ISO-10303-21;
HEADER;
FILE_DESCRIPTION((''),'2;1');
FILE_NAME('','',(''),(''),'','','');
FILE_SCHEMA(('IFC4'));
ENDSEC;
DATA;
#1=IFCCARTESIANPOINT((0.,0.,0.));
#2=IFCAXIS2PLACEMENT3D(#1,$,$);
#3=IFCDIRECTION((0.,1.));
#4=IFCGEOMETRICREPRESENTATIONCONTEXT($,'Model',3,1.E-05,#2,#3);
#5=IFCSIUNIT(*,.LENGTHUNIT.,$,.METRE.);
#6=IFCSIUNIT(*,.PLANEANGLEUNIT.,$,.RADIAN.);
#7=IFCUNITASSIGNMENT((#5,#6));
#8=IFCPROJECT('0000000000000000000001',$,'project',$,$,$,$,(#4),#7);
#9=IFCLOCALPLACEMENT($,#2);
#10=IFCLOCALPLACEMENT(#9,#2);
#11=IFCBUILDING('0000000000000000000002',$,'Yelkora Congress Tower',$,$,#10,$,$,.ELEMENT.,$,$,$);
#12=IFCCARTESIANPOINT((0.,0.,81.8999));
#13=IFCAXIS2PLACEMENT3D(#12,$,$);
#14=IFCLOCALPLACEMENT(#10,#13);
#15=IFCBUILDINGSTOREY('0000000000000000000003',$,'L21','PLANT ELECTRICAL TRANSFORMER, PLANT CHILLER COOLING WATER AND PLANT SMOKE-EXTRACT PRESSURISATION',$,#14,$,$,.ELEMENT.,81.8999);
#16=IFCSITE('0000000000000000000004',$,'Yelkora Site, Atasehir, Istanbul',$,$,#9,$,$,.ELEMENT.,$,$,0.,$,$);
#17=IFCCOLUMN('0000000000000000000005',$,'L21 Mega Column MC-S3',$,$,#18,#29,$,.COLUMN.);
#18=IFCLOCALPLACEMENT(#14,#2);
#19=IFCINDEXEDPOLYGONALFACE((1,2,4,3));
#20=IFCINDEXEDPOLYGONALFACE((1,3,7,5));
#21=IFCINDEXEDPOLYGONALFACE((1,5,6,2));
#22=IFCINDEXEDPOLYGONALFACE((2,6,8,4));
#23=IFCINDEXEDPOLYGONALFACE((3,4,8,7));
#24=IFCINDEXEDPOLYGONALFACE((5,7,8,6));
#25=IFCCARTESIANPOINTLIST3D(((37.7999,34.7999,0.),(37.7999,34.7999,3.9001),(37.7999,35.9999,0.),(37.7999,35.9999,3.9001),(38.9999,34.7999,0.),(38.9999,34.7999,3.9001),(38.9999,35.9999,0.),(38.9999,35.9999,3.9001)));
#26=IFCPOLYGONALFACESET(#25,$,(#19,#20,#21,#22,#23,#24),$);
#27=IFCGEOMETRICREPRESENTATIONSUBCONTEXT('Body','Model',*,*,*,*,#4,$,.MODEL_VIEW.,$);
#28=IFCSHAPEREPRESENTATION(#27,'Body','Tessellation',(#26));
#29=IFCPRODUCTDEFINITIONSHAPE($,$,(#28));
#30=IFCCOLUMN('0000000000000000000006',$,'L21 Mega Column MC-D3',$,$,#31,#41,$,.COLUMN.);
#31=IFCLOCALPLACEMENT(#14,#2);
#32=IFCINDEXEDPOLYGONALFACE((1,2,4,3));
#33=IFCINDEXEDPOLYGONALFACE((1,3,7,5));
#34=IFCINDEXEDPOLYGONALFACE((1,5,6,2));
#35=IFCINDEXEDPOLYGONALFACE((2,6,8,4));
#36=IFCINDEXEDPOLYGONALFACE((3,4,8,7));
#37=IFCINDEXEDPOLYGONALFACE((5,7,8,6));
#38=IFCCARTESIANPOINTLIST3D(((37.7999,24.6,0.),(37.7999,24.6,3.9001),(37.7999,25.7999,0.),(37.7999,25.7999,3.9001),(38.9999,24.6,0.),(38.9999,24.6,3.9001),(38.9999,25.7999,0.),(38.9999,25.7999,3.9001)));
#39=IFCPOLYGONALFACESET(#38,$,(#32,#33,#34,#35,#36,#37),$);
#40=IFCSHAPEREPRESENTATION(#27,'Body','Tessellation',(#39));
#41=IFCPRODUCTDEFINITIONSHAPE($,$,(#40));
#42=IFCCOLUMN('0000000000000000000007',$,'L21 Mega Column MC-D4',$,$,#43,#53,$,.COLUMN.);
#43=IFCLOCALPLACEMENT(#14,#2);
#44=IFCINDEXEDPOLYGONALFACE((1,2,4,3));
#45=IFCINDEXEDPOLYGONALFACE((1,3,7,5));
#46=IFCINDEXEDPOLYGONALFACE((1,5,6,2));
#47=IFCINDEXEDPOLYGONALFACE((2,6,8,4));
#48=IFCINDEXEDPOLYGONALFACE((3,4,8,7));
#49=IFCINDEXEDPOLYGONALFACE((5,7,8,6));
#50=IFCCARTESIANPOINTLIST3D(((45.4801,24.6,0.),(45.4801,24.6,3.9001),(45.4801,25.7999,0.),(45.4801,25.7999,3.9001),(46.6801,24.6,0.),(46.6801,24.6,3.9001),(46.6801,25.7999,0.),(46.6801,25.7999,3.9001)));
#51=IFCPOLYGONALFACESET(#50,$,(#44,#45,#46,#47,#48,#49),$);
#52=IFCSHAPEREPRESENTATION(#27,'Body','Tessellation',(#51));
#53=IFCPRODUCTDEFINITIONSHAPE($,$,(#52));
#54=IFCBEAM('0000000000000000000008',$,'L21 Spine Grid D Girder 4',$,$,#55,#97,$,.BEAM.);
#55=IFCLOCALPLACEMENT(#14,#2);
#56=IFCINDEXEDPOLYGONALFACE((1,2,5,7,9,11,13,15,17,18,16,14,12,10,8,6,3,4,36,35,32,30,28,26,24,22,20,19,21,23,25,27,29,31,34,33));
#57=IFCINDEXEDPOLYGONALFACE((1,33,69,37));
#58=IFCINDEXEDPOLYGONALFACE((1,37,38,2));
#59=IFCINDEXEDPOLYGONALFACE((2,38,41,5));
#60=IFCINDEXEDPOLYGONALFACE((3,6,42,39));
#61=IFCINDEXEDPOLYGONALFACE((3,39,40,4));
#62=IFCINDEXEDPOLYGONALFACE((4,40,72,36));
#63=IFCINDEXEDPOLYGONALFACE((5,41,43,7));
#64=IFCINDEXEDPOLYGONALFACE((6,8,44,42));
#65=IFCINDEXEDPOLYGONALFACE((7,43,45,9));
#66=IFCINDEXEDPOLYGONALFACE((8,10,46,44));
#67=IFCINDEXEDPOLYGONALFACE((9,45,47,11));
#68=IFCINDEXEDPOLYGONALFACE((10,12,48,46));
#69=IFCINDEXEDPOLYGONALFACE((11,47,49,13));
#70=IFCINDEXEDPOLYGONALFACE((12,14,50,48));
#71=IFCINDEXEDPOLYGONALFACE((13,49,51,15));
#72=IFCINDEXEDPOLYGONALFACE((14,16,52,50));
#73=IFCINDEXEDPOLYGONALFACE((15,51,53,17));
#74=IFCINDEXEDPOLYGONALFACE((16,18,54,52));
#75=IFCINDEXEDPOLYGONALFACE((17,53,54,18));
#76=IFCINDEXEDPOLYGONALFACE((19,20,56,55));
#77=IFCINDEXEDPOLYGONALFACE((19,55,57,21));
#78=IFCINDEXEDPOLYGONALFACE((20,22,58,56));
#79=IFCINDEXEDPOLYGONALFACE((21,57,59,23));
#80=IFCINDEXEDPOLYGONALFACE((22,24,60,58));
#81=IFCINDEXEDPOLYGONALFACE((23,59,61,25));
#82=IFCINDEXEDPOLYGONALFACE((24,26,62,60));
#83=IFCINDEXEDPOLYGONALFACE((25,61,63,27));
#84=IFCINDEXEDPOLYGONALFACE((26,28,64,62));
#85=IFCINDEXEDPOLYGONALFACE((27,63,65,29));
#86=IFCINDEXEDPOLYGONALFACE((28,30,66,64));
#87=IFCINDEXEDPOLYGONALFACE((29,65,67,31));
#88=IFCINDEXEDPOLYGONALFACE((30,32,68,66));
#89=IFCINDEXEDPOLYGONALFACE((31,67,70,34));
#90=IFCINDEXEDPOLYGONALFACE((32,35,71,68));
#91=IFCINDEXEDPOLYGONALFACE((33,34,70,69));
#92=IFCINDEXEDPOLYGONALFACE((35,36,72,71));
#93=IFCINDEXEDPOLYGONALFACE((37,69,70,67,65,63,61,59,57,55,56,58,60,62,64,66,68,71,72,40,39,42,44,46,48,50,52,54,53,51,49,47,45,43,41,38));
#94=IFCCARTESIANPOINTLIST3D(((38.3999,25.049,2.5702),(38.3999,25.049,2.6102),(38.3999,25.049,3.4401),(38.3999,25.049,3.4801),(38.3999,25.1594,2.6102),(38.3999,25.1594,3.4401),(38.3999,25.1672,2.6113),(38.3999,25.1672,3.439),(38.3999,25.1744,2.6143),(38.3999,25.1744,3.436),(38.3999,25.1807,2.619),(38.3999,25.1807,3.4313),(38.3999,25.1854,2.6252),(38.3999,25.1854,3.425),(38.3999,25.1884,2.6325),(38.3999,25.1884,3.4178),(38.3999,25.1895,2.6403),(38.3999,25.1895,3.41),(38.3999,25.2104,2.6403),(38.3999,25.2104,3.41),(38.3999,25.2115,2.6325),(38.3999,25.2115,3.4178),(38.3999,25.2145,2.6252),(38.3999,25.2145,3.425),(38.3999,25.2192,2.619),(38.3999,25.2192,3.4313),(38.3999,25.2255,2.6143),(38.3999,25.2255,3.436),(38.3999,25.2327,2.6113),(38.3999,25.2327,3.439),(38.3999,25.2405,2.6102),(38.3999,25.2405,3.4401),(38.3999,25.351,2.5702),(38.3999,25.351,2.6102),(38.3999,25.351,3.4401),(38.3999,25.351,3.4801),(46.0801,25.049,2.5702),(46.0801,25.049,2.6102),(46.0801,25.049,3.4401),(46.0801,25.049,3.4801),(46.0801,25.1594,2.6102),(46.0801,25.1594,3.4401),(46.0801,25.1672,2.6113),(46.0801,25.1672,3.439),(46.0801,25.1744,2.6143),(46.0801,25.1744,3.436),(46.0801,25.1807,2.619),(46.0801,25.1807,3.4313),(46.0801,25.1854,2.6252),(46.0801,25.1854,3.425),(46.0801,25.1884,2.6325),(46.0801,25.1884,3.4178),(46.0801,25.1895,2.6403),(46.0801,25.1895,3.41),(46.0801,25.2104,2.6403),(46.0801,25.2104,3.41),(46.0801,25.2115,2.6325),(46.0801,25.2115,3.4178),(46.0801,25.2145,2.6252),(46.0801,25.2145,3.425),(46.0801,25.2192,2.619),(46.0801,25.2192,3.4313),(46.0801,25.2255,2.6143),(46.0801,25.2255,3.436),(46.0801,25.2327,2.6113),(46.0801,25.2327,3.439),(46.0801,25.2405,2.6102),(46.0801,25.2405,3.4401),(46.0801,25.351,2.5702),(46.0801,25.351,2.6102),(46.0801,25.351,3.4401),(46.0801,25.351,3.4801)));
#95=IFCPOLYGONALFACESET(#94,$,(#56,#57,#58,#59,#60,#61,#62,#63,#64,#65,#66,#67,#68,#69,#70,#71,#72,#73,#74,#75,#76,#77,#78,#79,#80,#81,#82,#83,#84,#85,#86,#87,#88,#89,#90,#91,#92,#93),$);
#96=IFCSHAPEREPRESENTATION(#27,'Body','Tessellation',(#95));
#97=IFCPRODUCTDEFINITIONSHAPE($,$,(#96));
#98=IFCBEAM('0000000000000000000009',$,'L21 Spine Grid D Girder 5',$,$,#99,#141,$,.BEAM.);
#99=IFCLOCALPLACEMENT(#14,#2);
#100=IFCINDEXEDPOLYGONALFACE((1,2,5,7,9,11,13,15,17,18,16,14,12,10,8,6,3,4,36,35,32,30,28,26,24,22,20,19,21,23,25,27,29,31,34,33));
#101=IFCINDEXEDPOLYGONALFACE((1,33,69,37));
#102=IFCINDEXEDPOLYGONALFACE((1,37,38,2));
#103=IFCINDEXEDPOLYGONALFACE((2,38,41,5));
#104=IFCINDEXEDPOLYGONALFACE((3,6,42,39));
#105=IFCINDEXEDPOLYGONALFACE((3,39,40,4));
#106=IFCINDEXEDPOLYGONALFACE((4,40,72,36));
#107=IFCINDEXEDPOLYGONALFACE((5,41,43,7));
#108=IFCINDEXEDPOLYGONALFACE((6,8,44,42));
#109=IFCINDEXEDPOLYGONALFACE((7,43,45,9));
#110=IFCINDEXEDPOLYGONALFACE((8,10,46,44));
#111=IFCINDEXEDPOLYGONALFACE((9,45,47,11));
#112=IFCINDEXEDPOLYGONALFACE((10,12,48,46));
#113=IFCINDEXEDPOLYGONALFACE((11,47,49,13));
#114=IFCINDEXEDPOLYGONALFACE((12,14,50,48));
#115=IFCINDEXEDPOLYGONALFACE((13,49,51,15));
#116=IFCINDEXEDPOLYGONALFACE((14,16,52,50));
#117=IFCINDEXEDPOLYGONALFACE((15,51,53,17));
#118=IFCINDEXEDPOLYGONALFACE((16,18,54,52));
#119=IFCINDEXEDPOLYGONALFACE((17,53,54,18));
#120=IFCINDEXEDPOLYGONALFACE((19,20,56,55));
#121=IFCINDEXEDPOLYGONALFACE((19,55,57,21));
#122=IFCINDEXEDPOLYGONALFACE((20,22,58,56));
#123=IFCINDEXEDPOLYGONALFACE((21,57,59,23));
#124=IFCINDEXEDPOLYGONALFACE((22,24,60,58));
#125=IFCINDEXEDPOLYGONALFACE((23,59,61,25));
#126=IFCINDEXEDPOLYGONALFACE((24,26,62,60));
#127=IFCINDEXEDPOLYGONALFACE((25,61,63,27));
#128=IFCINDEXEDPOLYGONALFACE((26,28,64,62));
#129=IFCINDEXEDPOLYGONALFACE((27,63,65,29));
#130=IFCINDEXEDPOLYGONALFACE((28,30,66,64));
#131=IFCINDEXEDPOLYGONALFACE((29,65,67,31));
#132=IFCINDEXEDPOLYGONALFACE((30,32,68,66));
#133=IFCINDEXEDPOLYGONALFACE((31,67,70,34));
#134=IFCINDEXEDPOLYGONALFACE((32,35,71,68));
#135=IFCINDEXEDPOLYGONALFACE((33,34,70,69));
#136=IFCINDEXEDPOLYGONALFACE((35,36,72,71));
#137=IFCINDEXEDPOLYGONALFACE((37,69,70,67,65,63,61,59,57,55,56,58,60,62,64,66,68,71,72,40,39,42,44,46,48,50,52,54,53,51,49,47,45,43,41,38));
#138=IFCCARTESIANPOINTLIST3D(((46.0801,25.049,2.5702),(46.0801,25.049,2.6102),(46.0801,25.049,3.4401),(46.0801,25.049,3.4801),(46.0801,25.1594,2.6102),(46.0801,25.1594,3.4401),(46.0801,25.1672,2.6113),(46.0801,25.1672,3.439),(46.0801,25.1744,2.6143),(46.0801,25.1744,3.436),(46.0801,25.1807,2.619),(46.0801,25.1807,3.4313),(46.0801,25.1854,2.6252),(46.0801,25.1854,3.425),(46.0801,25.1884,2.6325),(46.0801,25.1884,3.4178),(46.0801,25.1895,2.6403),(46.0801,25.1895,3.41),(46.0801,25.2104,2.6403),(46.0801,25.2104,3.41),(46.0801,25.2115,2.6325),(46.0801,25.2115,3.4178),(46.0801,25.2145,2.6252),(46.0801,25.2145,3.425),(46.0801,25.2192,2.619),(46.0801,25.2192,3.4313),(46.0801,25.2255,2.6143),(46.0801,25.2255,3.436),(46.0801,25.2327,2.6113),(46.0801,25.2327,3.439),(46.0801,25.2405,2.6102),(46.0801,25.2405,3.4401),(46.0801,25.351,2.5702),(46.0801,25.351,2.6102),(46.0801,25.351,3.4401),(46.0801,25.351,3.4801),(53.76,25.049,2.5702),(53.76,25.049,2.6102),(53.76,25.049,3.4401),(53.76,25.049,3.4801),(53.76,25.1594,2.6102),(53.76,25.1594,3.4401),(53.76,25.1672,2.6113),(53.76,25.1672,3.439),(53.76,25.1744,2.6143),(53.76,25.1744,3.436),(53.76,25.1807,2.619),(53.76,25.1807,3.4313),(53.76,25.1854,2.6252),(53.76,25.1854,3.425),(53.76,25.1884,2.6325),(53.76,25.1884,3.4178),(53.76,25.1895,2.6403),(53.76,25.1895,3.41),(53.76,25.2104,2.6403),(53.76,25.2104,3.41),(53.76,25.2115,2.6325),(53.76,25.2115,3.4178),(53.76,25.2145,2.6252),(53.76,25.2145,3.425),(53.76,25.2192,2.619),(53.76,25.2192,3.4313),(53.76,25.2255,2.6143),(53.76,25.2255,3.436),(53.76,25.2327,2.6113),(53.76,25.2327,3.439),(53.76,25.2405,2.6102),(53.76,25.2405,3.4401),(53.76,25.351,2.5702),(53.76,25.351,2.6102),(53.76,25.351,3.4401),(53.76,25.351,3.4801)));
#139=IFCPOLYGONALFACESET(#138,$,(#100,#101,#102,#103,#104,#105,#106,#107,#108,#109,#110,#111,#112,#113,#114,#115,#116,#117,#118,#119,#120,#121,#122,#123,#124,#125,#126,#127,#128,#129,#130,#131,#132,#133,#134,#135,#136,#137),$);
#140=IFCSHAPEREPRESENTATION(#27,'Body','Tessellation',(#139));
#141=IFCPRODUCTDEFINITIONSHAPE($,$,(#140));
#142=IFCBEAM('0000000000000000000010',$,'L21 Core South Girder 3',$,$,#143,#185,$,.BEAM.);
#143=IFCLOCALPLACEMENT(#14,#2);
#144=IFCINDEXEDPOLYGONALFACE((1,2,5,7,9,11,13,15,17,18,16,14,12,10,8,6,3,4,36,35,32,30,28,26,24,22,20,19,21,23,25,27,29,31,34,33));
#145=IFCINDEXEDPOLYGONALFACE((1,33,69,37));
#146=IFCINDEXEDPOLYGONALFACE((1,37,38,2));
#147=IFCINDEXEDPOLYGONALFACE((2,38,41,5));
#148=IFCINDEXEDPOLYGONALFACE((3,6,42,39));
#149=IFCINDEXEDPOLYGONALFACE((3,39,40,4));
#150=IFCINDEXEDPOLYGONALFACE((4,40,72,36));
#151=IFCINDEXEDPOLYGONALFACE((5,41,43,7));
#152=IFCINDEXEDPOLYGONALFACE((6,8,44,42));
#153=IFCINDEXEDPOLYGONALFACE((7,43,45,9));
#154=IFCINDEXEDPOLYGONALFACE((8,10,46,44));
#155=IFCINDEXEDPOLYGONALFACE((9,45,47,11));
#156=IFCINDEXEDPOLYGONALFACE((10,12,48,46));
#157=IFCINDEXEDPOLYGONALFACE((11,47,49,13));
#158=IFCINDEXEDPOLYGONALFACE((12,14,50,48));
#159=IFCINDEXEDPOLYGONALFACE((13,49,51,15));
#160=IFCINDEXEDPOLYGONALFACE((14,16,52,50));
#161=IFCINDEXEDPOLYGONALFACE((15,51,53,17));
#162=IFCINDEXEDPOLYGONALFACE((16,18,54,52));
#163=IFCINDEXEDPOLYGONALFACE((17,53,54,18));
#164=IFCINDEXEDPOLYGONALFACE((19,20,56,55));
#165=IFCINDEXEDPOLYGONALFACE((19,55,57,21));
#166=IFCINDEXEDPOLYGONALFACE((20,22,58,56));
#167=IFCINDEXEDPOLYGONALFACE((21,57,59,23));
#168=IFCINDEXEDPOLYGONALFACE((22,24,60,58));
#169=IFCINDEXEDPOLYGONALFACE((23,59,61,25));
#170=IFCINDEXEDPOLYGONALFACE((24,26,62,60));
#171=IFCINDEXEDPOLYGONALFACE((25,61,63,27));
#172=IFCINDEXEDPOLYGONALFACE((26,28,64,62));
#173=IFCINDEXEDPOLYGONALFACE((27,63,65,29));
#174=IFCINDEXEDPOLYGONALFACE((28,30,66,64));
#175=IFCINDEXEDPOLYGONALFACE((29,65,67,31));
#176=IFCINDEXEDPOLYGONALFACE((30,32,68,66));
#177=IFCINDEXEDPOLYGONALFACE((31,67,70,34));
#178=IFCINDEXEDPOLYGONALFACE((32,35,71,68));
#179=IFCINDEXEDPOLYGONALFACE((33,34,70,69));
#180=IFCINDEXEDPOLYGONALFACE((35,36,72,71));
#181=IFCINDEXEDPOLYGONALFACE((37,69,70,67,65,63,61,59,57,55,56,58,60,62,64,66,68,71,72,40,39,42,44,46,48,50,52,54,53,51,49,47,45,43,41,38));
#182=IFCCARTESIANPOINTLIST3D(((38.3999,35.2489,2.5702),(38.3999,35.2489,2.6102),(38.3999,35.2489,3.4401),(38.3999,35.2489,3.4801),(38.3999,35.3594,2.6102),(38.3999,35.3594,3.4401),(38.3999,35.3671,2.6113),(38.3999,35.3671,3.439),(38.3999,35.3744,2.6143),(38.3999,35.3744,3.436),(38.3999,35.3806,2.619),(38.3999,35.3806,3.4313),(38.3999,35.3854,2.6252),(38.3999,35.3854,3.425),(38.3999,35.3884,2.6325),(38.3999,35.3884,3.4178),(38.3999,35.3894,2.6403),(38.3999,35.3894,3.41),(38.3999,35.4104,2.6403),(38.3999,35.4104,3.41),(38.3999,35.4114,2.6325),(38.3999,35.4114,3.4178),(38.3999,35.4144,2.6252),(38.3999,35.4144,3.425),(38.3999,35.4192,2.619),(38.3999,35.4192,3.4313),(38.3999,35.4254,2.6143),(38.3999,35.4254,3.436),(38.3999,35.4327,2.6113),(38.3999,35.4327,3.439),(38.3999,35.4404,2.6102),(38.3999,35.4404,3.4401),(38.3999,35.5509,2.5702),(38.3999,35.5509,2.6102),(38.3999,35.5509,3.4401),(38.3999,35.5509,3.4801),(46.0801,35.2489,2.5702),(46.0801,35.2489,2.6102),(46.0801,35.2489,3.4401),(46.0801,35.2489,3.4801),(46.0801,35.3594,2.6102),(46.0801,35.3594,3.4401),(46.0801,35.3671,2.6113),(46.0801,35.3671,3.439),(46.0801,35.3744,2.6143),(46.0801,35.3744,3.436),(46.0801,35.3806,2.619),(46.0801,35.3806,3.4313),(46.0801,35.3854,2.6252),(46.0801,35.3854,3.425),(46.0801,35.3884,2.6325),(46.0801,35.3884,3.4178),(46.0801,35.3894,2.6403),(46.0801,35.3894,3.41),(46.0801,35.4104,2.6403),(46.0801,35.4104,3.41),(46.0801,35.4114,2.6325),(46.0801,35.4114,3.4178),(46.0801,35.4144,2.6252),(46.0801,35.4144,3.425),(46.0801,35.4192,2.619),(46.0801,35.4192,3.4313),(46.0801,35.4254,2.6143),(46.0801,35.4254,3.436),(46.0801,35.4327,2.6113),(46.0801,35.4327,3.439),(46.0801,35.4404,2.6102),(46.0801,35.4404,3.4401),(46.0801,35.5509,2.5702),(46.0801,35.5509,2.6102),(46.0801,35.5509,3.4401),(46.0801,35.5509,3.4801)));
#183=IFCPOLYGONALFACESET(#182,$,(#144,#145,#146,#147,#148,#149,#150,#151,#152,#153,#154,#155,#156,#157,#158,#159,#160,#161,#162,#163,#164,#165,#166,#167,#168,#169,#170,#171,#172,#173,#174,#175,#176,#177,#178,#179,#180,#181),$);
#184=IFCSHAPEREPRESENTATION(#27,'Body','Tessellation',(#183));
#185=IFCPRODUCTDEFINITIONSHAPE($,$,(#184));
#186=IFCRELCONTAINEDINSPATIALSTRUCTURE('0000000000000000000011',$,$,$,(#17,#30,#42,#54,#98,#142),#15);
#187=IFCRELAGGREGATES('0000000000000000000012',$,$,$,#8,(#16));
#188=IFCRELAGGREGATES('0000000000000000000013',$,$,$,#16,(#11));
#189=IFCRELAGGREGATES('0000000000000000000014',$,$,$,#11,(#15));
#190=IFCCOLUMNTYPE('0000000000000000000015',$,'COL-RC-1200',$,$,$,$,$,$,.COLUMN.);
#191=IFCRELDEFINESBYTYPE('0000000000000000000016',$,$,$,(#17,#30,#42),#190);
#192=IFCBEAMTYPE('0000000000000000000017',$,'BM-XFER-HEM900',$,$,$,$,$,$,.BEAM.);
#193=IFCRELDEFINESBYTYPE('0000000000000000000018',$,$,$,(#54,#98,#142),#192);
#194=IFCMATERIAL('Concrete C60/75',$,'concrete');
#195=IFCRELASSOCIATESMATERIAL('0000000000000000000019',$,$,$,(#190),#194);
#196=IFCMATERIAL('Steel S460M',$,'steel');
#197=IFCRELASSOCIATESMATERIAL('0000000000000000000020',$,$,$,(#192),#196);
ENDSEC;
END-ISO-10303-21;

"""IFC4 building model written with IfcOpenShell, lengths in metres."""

from ifc_helpers import new_model, si_unit, direction, frame, origin, origin_2d, place, context, subcontext, project, spatial, rectangle, i_section, extrude, material, material_profile, profile_set, type_object, element, save


model = new_model("IFC4")

# Units and contexts
model_context = context("Model", 3, precision=1e-05, world=origin(), true_north=direction((0.0, 1.0)))
body_context = subcontext(model_context, "Body", "Model", "MODEL_VIEW")
ifc_project = project(units=[si_unit("LENGTHUNIT", "METRE"), si_unit("PLANEANGLEUNIT", "RADIAN")], contexts=[model_context])

# Site, building, storey
site_placement = place(None, origin())
site = spatial("IfcSite", under=ifc_project, at=site_placement, Name="Yelkora Site, Atasehir, Istanbul", CompositionType="ELEMENT", RefElevation=0.0)
building_placement = place(site_placement, origin())
building = spatial("IfcBuilding", under=site, at=building_placement, Name="Yelkora Congress Tower", CompositionType="ELEMENT")
storey_placement = place(building_placement, frame((0.0, 0.0, 81.8999)))
storey = spatial("IfcBuildingStorey", under=building, at=storey_placement, Name="L21", Description="PLANT ELECTRICAL TRANSFORMER, PLANT CHILLER COOLING WATER AND PLANT SMOKE-EXTRACT PRESSURISATION", CompositionType="ELEMENT", Elevation=81.8999)

# Columns
ifc_material_1 = material(Name="Concrete C60/75", Category="concrete")
ifc_material_profile_1 = material_profile(ifc_material_1, rectangle(XDim=1.2, YDim=1.2, at=origin_2d()), Name="RC 1200x1200")
ifc_profile_set_1 = profile_set([ifc_material_profile_1], Name="Concrete C60/75")
column_type = type_object("IfcColumnType", Name="COL-RC-1200", PredefinedType="COLUMN", material=ifc_profile_set_1)
for number, where, z_axis, x_axis, name in (
    (1, (38.3999, 35.3999, 0.0), (0.0, 0.0, 1.0), (1.0, 0.0, 0.0), "L21 Mega Column MC-S3"),
    (2, (38.3999, 25.2, 0.0), (0.0, 0.0, 1.0), (1.0, 0.0, 0.0), "L21 Mega Column MC-D3"),
    (3, (46.0801, 25.2, 0.0), (0.0, 0.0, 1.0), (1.0, 0.0, 0.0), "L21 Mega Column MC-D4"),
):
    element("IfcColumn", number, at=place(storey_placement, frame(where, z_axis=z_axis, x_axis=x_axis)), inside=storey, type_object=column_type, Name=name, PredefinedType="COLUMN", context=body_context, shape_type="SweptSolid", body=[
        extrude(rectangle(XDim=1.2, YDim=1.2, at=origin_2d()), origin(), (0.0, 0.0, 1.0), 3.9001),
    ])

# Beams
ifc_material_2 = material(Name="Steel S460M", Category="steel")
ifc_material_profile_2 = material_profile(ifc_material_2, i_section(OverallWidth=0.302, OverallDepth=0.9099, WebThickness=0.021, FlangeThickness=0.04, FilletRadius=0.03, at=origin_2d()), Name="HEM 900")
ifc_profile_set_2 = profile_set([ifc_material_profile_2], Name="Steel S460M")
beam_type = type_object("IfcBeamType", Name="BM-XFER-HEM900", PredefinedType="BEAM", material=ifc_profile_set_2)
beam_1_placement = place(storey_placement, frame((38.3999, 25.2, 3.0251), z_axis=(1.0, 0.0, 0.0), x_axis=(0.0, 1.0, 0.0)))
element("IfcBeam", 4, at=beam_1_placement, inside=storey, type_object=beam_type, Name="L21 Spine Grid D Girder 4", PredefinedType="BEAM", context=body_context, shape_type="SweptSolid", body=[
    extrude(i_section(OverallWidth=0.302, OverallDepth=0.9099, WebThickness=0.021, FlangeThickness=0.04, FilletRadius=0.03, at=origin_2d()), origin(), (0.0, 0.0, 1.0), 7.6802),
])
beam_2_placement = place(storey_placement, frame((46.0801, 25.2, 3.0251), z_axis=(1.0, 0.0, 0.0), x_axis=(0.0, 1.0, 0.0)))
element("IfcBeam", 5, at=beam_2_placement, inside=storey, type_object=beam_type, Name="L21 Spine Grid D Girder 5", PredefinedType="BEAM", context=body_context, shape_type="SweptSolid", body=[
    extrude(i_section(OverallWidth=0.302, OverallDepth=0.9099, WebThickness=0.021, FlangeThickness=0.04, FilletRadius=0.03, at=origin_2d()), origin(), (0.0, 0.0, 1.0), 7.6799),
])
beam_3_placement = place(storey_placement, frame((38.3999, 35.3999, 3.0251), z_axis=(1.0, 0.0, 0.0), x_axis=(0.0, 1.0, 0.0)))
element("IfcBeam", 6, at=beam_3_placement, inside=storey, type_object=beam_type, Name="L21 Core South Girder 3", PredefinedType="BEAM", context=body_context, shape_type="SweptSolid", body=[
    extrude(i_section(OverallWidth=0.302, OverallDepth=0.9099, WebThickness=0.021, FlangeThickness=0.04, FilletRadius=0.03, at=origin_2d()), origin(), (0.0, 0.0, 1.0), 7.6802),
])

save(model, "model.ifc")
